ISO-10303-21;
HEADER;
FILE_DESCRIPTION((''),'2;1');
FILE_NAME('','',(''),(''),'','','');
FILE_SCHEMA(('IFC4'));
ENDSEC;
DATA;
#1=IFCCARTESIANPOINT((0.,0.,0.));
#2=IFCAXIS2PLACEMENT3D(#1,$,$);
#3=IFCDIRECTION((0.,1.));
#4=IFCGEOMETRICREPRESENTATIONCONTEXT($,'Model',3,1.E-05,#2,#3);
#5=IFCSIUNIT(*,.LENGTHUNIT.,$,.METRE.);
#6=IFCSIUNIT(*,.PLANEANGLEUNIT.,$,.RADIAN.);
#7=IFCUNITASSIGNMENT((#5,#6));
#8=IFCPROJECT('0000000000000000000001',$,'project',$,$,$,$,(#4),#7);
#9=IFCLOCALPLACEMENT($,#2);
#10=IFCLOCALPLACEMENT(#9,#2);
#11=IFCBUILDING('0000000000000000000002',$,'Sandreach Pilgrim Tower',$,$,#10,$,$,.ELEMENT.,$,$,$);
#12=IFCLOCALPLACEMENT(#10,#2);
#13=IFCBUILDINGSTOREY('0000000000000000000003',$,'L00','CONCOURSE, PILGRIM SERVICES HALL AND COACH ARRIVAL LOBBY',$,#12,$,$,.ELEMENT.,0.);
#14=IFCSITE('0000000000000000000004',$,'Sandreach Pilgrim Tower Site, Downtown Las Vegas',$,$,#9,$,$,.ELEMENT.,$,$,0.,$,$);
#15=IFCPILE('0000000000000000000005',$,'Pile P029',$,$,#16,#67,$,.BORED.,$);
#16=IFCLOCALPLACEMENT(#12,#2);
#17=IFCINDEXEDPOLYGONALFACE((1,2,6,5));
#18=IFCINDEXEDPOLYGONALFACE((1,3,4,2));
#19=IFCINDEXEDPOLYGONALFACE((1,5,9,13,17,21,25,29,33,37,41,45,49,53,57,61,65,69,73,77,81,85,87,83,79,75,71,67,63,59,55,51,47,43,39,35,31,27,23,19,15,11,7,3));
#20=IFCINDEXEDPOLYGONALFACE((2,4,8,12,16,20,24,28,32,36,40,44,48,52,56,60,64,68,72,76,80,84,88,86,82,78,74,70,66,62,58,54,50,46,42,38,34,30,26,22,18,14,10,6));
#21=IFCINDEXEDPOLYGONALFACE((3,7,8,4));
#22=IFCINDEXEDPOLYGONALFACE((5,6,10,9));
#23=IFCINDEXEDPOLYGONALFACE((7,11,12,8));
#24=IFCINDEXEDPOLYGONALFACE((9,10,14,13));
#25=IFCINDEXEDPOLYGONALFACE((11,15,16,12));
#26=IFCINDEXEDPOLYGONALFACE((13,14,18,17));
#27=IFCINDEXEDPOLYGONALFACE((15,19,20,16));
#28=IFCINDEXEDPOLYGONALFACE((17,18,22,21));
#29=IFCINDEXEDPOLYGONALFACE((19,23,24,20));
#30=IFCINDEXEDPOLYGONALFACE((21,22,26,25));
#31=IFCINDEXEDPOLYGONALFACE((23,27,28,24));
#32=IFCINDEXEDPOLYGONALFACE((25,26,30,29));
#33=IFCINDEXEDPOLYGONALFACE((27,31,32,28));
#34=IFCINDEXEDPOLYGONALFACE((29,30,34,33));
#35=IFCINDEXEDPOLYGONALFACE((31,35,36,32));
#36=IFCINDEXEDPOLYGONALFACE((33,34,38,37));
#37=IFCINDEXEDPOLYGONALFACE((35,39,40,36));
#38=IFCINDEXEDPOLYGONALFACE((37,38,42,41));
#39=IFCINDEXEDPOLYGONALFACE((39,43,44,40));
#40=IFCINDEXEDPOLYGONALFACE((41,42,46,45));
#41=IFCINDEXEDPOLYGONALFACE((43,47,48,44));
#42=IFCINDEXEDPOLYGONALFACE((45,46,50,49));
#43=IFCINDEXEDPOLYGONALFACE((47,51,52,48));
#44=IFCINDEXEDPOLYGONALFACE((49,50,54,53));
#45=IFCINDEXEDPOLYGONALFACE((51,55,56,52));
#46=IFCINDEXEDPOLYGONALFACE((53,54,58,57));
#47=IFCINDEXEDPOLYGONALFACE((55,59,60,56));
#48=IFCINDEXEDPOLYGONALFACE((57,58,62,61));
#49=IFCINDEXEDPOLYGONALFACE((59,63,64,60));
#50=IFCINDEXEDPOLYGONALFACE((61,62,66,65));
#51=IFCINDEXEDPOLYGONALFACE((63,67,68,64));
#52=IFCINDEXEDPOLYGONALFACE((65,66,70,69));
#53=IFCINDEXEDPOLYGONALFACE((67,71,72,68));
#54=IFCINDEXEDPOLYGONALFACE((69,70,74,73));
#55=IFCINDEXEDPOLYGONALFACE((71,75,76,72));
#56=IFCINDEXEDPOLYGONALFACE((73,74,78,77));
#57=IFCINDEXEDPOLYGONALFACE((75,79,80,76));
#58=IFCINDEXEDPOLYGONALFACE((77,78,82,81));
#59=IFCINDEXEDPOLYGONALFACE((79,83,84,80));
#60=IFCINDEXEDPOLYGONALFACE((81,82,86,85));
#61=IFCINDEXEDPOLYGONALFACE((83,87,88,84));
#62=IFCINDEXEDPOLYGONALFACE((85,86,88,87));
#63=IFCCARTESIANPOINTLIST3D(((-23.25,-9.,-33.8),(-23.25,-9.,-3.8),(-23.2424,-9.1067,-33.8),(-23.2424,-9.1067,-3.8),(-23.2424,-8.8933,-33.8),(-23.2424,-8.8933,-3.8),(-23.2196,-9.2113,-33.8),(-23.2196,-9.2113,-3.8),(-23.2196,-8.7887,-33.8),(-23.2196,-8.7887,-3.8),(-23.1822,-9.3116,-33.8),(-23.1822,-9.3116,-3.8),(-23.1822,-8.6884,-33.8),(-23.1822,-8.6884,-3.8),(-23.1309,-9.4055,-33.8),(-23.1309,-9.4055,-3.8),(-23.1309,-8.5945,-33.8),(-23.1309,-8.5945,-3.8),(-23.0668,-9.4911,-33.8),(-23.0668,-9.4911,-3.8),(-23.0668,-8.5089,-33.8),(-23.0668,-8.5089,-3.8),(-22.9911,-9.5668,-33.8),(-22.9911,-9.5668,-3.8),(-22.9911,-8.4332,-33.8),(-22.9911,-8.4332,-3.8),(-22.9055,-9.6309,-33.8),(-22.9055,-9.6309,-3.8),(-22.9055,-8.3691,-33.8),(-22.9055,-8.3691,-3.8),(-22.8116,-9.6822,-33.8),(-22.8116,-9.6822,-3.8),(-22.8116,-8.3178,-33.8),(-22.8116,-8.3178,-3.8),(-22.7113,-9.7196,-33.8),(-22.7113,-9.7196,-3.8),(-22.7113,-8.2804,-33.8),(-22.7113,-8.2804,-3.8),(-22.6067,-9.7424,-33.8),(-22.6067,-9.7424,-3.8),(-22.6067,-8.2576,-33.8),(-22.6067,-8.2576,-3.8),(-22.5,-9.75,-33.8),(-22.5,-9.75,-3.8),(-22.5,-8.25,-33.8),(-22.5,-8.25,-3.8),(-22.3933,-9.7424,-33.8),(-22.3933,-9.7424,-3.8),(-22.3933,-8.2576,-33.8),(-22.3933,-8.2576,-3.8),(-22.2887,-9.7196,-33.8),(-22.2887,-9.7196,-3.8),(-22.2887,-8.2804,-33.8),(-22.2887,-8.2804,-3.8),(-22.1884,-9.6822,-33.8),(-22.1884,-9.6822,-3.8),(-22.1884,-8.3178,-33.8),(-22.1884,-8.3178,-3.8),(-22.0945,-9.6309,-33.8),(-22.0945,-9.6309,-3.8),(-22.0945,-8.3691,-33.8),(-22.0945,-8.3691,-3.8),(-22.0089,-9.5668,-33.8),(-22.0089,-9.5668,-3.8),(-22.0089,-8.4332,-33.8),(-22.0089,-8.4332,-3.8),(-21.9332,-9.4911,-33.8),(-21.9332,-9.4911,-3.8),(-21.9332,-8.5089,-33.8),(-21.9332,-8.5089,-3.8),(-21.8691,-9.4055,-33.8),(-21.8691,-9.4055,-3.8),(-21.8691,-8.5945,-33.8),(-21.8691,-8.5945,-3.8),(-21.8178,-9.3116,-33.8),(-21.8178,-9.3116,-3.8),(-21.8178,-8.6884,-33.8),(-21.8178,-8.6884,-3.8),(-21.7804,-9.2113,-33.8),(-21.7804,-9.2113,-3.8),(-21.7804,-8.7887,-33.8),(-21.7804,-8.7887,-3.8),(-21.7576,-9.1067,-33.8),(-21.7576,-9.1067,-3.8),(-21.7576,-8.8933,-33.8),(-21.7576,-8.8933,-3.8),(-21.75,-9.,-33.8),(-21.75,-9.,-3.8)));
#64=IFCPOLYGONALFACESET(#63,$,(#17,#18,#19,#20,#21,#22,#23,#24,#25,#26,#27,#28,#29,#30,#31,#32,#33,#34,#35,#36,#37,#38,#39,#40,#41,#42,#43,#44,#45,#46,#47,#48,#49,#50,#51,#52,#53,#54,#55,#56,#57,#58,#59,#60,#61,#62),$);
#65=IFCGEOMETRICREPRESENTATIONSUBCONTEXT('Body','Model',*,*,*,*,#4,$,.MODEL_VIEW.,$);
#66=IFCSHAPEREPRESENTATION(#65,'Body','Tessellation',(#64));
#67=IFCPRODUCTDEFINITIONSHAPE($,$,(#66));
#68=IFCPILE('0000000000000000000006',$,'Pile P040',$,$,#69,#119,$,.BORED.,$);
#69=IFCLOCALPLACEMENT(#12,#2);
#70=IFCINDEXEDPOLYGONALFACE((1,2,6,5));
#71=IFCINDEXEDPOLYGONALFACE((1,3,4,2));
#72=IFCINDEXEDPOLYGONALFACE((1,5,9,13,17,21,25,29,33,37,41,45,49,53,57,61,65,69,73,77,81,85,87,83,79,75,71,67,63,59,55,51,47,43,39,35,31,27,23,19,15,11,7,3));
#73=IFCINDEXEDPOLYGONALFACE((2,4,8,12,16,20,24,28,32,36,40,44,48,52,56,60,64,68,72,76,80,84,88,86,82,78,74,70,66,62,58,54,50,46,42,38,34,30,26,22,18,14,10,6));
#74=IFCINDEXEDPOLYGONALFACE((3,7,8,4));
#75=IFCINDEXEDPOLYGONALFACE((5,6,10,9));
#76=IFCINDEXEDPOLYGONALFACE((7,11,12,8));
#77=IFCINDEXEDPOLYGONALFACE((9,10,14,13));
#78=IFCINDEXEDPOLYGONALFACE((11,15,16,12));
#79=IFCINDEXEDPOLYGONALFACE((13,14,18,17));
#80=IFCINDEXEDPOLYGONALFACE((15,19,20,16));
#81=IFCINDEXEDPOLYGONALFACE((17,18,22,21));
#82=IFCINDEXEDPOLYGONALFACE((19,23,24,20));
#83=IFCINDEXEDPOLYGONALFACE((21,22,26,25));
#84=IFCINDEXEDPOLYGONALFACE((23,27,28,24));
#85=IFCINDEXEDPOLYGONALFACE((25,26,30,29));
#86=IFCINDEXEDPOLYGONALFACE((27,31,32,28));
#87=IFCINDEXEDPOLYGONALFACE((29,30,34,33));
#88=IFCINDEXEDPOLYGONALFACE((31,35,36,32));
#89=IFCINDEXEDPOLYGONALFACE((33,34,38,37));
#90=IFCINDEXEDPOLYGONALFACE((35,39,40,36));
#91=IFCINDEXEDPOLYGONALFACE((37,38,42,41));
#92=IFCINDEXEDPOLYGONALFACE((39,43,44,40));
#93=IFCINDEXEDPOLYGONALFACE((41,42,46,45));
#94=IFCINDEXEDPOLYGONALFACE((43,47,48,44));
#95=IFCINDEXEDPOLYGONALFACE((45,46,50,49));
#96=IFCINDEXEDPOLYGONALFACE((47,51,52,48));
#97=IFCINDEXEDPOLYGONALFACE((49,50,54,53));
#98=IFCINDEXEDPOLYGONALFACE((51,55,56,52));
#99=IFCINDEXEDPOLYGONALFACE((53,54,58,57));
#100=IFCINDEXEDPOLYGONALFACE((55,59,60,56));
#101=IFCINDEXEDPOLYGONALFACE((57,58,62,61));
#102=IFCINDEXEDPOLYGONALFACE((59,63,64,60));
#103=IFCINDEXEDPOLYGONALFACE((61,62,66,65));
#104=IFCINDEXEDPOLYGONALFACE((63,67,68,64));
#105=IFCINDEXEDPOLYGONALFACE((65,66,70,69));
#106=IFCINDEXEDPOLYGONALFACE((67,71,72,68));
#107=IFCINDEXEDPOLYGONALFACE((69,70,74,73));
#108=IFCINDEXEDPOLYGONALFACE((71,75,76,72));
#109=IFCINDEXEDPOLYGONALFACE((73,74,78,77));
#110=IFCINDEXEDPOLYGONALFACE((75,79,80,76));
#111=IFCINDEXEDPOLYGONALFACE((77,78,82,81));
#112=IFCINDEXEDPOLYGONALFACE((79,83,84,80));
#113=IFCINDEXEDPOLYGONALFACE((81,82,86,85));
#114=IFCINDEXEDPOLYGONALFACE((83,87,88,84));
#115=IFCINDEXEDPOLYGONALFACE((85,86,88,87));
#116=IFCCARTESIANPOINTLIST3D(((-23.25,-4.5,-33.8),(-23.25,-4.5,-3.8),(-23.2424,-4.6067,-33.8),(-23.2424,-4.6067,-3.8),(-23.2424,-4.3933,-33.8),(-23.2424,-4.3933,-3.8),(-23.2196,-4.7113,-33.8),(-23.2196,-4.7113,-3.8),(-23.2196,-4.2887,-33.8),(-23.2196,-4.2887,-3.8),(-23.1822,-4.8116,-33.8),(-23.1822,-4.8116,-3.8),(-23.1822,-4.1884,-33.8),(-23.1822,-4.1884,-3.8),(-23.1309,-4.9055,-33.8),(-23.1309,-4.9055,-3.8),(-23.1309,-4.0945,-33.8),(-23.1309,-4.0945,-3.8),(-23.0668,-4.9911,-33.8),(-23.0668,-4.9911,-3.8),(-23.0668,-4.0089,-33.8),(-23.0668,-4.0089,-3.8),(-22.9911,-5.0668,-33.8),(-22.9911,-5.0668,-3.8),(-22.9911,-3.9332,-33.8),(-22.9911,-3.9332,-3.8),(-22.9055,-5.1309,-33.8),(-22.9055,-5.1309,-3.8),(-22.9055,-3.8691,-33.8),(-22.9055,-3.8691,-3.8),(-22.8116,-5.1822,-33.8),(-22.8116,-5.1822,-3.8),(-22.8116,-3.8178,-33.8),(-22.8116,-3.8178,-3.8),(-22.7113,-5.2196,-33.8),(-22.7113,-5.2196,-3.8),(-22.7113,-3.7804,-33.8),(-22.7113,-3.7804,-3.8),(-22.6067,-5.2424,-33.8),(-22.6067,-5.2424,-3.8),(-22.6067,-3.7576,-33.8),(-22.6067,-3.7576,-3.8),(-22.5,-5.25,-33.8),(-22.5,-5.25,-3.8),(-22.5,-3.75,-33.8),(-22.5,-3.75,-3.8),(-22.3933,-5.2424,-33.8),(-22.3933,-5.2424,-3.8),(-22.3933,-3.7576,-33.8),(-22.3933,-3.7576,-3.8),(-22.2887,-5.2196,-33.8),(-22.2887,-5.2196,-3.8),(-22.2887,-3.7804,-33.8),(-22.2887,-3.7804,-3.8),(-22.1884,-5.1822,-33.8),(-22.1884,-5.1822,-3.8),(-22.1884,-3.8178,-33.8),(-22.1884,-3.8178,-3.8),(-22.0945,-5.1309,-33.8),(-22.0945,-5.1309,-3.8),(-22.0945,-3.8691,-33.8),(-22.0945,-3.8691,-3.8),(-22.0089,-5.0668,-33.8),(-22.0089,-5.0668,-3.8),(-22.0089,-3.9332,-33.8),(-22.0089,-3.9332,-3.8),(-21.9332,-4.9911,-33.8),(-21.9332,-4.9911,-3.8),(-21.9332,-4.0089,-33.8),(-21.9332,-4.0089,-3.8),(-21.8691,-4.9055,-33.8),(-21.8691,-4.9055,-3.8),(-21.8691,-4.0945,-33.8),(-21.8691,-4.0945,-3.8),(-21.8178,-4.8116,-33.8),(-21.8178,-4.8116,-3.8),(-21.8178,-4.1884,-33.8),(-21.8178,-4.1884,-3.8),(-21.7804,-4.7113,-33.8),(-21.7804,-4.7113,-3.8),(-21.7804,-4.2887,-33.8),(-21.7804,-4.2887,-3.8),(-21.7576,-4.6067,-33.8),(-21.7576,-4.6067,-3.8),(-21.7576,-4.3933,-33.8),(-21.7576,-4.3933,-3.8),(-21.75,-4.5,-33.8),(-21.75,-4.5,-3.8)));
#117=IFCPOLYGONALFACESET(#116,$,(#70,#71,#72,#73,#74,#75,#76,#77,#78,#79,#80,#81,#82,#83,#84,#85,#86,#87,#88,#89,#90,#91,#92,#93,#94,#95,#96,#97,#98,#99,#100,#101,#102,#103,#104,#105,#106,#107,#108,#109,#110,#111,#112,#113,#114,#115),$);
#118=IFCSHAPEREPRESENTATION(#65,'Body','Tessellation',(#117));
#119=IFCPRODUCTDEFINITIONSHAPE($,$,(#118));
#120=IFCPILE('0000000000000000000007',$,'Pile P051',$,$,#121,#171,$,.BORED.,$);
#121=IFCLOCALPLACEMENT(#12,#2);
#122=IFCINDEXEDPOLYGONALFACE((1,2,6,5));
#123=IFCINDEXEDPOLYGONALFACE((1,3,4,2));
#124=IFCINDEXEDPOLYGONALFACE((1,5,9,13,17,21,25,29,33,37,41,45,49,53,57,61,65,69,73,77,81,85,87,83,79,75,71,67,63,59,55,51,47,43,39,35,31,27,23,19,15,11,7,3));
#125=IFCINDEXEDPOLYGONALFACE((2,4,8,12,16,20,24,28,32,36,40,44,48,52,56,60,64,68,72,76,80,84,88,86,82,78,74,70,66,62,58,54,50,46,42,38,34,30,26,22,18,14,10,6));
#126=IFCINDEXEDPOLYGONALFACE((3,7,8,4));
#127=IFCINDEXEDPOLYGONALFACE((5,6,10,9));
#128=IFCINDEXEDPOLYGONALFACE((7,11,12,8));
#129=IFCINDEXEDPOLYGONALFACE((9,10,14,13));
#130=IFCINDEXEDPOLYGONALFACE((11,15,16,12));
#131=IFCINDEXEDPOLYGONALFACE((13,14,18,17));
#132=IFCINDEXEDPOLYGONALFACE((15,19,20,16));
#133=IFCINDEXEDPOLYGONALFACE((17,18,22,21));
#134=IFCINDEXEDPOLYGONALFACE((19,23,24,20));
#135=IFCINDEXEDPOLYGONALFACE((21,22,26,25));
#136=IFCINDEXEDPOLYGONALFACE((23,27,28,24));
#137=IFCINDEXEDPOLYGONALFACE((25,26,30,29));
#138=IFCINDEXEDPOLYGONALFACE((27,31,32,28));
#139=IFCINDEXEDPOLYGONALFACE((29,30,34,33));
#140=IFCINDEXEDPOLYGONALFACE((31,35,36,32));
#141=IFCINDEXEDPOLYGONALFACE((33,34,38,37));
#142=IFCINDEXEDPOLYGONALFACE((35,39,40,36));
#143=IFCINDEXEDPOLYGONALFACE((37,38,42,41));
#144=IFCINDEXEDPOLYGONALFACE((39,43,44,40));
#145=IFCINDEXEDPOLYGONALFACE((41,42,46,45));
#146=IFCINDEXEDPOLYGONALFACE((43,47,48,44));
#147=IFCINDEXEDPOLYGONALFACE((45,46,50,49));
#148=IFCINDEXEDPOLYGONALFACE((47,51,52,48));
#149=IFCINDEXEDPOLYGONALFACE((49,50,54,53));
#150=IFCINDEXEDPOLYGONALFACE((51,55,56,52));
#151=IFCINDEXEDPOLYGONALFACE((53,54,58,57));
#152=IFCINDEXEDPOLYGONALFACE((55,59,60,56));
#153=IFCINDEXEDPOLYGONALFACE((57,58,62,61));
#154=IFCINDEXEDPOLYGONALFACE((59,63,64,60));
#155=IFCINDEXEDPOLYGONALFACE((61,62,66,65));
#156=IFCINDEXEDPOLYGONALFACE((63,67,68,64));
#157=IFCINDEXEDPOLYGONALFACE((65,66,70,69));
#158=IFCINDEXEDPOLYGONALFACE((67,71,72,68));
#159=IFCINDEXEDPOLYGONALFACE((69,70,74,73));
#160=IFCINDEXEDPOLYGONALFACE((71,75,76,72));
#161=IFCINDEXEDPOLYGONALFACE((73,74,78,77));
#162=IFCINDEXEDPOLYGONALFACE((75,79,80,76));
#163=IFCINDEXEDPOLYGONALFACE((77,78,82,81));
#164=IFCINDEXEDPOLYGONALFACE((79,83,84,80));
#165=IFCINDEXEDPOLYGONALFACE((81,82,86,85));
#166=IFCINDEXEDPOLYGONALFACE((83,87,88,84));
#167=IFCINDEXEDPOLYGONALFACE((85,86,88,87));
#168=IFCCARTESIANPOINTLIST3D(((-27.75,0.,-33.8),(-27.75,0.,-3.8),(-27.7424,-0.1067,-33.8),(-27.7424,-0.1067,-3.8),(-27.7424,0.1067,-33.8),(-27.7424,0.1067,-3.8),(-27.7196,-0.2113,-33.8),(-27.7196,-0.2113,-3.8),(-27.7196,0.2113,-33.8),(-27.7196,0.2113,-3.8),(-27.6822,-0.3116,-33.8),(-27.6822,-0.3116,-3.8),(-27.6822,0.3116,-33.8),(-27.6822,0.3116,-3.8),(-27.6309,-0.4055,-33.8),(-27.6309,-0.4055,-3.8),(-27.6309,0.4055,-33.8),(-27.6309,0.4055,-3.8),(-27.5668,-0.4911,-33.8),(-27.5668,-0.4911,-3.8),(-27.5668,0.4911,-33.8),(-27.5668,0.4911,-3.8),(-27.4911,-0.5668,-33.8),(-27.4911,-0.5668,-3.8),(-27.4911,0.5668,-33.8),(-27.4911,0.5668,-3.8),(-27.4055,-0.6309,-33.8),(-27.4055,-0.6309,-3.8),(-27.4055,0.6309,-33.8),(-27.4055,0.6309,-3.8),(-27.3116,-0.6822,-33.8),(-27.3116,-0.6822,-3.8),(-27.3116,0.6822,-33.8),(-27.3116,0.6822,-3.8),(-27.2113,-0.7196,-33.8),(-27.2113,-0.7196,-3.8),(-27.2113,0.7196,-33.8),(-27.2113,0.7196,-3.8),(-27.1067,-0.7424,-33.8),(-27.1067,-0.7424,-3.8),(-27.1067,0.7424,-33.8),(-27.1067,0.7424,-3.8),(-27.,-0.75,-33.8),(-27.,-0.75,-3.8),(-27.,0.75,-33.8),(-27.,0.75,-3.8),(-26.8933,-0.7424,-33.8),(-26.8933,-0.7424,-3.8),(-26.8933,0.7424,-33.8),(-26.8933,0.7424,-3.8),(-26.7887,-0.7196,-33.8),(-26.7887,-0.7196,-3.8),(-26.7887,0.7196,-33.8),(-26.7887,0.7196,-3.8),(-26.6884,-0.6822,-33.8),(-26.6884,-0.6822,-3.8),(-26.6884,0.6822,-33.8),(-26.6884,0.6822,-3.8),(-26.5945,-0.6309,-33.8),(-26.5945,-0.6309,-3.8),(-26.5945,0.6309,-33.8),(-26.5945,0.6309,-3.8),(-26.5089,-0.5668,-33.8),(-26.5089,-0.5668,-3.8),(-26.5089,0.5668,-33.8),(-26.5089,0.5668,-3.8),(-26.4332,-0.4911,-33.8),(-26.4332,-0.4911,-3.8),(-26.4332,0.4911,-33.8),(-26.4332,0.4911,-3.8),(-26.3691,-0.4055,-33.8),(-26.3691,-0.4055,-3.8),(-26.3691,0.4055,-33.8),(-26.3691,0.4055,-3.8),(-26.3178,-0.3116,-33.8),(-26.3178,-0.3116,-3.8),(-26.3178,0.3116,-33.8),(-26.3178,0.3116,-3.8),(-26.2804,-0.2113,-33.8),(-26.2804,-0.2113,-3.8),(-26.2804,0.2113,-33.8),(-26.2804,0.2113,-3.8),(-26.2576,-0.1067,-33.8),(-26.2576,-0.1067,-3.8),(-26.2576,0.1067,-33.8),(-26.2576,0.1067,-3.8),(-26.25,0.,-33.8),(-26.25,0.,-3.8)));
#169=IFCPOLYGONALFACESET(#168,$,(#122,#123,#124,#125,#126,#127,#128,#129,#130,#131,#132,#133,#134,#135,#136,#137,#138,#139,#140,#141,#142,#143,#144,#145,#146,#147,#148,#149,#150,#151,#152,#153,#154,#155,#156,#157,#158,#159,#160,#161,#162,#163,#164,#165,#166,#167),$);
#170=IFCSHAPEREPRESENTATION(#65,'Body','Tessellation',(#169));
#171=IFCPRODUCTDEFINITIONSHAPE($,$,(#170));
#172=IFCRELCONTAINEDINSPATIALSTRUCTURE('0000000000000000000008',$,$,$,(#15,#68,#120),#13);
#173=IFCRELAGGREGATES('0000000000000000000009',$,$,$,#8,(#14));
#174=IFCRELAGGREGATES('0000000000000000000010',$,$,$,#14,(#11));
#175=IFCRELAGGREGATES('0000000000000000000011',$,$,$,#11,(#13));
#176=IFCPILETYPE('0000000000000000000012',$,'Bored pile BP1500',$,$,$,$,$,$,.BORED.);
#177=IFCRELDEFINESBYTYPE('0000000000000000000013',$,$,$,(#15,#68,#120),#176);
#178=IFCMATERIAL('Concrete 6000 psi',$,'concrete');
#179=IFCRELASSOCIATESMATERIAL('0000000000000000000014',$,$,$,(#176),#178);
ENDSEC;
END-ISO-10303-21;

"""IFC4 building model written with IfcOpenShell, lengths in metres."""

from ifc_helpers import new_model, si_unit, direction, frame, origin, origin_2d, place, context, subcontext, project, spatial, circle, extrude, material, material_profile, profile_set, type_object, element, save


model = new_model("IFC4")

# Units and contexts
model_context = context("Model", 3, precision=1e-05, world=origin(), true_north=direction((0.0, 1.0)))
body_context = subcontext(model_context, "Body", "Model", "MODEL_VIEW")
ifc_project = project(units=[si_unit("LENGTHUNIT", "METRE"), si_unit("PLANEANGLEUNIT", "RADIAN")], contexts=[model_context])

# Site, building, storey
site_placement = place(None, origin())
site = spatial("IfcSite", under=ifc_project, at=site_placement, Name="Sandreach Pilgrim Tower Site, Downtown Las Vegas", CompositionType="ELEMENT", RefElevation=0.0)
building_placement = place(site_placement, origin())
building = spatial("IfcBuilding", under=site, at=building_placement, Name="Sandreach Pilgrim Tower", CompositionType="ELEMENT")
storey_placement = place(building_placement, origin())
storey = spatial("IfcBuildingStorey", under=building, at=storey_placement, Name="L00", Description="CONCOURSE, PILGRIM SERVICES HALL AND COACH ARRIVAL LOBBY", CompositionType="ELEMENT", Elevation=0.0)

# Piles
ifc_material_1 = material(Name="Concrete 6000 psi", Category="concrete")
ifc_material_profile_1 = material_profile(ifc_material_1, circle(Radius=0.75, at=origin_2d()), Name="BP1500")
ifc_profile_set_1 = profile_set([ifc_material_profile_1], Name="Concrete 6000 psi")
pile_type = type_object("IfcPileType", Name="Bored pile BP1500", PredefinedType="BORED", material=ifc_profile_set_1)
for number, where, z_axis, x_axis, name in (
    (1, (-22.5, -9.0, -3.8), (0.0, 0.0, -1.0), (1.0, 0.0, 0.0), "Pile P029"),
    (2, (-22.5, -4.5, -3.8), (0.0, 0.0, -1.0), (1.0, 0.0, 0.0), "Pile P040"),
    (3, (-27.0, 0.0, -3.8), (0.0, 0.0, -1.0), (1.0, 0.0, 0.0), "Pile P051"),
):
    element("IfcPile", number, at=place(storey_placement, frame(where, z_axis=z_axis, x_axis=x_axis)), inside=storey, type_object=pile_type, Name=name, PredefinedType="BORED", context=body_context, shape_type="SweptSolid", body=[
        extrude(circle(Radius=0.75, at=origin_2d()), origin(), (0.0, 0.0, 1.0), 30.0),
    ])

save(model, "model.ifc")
